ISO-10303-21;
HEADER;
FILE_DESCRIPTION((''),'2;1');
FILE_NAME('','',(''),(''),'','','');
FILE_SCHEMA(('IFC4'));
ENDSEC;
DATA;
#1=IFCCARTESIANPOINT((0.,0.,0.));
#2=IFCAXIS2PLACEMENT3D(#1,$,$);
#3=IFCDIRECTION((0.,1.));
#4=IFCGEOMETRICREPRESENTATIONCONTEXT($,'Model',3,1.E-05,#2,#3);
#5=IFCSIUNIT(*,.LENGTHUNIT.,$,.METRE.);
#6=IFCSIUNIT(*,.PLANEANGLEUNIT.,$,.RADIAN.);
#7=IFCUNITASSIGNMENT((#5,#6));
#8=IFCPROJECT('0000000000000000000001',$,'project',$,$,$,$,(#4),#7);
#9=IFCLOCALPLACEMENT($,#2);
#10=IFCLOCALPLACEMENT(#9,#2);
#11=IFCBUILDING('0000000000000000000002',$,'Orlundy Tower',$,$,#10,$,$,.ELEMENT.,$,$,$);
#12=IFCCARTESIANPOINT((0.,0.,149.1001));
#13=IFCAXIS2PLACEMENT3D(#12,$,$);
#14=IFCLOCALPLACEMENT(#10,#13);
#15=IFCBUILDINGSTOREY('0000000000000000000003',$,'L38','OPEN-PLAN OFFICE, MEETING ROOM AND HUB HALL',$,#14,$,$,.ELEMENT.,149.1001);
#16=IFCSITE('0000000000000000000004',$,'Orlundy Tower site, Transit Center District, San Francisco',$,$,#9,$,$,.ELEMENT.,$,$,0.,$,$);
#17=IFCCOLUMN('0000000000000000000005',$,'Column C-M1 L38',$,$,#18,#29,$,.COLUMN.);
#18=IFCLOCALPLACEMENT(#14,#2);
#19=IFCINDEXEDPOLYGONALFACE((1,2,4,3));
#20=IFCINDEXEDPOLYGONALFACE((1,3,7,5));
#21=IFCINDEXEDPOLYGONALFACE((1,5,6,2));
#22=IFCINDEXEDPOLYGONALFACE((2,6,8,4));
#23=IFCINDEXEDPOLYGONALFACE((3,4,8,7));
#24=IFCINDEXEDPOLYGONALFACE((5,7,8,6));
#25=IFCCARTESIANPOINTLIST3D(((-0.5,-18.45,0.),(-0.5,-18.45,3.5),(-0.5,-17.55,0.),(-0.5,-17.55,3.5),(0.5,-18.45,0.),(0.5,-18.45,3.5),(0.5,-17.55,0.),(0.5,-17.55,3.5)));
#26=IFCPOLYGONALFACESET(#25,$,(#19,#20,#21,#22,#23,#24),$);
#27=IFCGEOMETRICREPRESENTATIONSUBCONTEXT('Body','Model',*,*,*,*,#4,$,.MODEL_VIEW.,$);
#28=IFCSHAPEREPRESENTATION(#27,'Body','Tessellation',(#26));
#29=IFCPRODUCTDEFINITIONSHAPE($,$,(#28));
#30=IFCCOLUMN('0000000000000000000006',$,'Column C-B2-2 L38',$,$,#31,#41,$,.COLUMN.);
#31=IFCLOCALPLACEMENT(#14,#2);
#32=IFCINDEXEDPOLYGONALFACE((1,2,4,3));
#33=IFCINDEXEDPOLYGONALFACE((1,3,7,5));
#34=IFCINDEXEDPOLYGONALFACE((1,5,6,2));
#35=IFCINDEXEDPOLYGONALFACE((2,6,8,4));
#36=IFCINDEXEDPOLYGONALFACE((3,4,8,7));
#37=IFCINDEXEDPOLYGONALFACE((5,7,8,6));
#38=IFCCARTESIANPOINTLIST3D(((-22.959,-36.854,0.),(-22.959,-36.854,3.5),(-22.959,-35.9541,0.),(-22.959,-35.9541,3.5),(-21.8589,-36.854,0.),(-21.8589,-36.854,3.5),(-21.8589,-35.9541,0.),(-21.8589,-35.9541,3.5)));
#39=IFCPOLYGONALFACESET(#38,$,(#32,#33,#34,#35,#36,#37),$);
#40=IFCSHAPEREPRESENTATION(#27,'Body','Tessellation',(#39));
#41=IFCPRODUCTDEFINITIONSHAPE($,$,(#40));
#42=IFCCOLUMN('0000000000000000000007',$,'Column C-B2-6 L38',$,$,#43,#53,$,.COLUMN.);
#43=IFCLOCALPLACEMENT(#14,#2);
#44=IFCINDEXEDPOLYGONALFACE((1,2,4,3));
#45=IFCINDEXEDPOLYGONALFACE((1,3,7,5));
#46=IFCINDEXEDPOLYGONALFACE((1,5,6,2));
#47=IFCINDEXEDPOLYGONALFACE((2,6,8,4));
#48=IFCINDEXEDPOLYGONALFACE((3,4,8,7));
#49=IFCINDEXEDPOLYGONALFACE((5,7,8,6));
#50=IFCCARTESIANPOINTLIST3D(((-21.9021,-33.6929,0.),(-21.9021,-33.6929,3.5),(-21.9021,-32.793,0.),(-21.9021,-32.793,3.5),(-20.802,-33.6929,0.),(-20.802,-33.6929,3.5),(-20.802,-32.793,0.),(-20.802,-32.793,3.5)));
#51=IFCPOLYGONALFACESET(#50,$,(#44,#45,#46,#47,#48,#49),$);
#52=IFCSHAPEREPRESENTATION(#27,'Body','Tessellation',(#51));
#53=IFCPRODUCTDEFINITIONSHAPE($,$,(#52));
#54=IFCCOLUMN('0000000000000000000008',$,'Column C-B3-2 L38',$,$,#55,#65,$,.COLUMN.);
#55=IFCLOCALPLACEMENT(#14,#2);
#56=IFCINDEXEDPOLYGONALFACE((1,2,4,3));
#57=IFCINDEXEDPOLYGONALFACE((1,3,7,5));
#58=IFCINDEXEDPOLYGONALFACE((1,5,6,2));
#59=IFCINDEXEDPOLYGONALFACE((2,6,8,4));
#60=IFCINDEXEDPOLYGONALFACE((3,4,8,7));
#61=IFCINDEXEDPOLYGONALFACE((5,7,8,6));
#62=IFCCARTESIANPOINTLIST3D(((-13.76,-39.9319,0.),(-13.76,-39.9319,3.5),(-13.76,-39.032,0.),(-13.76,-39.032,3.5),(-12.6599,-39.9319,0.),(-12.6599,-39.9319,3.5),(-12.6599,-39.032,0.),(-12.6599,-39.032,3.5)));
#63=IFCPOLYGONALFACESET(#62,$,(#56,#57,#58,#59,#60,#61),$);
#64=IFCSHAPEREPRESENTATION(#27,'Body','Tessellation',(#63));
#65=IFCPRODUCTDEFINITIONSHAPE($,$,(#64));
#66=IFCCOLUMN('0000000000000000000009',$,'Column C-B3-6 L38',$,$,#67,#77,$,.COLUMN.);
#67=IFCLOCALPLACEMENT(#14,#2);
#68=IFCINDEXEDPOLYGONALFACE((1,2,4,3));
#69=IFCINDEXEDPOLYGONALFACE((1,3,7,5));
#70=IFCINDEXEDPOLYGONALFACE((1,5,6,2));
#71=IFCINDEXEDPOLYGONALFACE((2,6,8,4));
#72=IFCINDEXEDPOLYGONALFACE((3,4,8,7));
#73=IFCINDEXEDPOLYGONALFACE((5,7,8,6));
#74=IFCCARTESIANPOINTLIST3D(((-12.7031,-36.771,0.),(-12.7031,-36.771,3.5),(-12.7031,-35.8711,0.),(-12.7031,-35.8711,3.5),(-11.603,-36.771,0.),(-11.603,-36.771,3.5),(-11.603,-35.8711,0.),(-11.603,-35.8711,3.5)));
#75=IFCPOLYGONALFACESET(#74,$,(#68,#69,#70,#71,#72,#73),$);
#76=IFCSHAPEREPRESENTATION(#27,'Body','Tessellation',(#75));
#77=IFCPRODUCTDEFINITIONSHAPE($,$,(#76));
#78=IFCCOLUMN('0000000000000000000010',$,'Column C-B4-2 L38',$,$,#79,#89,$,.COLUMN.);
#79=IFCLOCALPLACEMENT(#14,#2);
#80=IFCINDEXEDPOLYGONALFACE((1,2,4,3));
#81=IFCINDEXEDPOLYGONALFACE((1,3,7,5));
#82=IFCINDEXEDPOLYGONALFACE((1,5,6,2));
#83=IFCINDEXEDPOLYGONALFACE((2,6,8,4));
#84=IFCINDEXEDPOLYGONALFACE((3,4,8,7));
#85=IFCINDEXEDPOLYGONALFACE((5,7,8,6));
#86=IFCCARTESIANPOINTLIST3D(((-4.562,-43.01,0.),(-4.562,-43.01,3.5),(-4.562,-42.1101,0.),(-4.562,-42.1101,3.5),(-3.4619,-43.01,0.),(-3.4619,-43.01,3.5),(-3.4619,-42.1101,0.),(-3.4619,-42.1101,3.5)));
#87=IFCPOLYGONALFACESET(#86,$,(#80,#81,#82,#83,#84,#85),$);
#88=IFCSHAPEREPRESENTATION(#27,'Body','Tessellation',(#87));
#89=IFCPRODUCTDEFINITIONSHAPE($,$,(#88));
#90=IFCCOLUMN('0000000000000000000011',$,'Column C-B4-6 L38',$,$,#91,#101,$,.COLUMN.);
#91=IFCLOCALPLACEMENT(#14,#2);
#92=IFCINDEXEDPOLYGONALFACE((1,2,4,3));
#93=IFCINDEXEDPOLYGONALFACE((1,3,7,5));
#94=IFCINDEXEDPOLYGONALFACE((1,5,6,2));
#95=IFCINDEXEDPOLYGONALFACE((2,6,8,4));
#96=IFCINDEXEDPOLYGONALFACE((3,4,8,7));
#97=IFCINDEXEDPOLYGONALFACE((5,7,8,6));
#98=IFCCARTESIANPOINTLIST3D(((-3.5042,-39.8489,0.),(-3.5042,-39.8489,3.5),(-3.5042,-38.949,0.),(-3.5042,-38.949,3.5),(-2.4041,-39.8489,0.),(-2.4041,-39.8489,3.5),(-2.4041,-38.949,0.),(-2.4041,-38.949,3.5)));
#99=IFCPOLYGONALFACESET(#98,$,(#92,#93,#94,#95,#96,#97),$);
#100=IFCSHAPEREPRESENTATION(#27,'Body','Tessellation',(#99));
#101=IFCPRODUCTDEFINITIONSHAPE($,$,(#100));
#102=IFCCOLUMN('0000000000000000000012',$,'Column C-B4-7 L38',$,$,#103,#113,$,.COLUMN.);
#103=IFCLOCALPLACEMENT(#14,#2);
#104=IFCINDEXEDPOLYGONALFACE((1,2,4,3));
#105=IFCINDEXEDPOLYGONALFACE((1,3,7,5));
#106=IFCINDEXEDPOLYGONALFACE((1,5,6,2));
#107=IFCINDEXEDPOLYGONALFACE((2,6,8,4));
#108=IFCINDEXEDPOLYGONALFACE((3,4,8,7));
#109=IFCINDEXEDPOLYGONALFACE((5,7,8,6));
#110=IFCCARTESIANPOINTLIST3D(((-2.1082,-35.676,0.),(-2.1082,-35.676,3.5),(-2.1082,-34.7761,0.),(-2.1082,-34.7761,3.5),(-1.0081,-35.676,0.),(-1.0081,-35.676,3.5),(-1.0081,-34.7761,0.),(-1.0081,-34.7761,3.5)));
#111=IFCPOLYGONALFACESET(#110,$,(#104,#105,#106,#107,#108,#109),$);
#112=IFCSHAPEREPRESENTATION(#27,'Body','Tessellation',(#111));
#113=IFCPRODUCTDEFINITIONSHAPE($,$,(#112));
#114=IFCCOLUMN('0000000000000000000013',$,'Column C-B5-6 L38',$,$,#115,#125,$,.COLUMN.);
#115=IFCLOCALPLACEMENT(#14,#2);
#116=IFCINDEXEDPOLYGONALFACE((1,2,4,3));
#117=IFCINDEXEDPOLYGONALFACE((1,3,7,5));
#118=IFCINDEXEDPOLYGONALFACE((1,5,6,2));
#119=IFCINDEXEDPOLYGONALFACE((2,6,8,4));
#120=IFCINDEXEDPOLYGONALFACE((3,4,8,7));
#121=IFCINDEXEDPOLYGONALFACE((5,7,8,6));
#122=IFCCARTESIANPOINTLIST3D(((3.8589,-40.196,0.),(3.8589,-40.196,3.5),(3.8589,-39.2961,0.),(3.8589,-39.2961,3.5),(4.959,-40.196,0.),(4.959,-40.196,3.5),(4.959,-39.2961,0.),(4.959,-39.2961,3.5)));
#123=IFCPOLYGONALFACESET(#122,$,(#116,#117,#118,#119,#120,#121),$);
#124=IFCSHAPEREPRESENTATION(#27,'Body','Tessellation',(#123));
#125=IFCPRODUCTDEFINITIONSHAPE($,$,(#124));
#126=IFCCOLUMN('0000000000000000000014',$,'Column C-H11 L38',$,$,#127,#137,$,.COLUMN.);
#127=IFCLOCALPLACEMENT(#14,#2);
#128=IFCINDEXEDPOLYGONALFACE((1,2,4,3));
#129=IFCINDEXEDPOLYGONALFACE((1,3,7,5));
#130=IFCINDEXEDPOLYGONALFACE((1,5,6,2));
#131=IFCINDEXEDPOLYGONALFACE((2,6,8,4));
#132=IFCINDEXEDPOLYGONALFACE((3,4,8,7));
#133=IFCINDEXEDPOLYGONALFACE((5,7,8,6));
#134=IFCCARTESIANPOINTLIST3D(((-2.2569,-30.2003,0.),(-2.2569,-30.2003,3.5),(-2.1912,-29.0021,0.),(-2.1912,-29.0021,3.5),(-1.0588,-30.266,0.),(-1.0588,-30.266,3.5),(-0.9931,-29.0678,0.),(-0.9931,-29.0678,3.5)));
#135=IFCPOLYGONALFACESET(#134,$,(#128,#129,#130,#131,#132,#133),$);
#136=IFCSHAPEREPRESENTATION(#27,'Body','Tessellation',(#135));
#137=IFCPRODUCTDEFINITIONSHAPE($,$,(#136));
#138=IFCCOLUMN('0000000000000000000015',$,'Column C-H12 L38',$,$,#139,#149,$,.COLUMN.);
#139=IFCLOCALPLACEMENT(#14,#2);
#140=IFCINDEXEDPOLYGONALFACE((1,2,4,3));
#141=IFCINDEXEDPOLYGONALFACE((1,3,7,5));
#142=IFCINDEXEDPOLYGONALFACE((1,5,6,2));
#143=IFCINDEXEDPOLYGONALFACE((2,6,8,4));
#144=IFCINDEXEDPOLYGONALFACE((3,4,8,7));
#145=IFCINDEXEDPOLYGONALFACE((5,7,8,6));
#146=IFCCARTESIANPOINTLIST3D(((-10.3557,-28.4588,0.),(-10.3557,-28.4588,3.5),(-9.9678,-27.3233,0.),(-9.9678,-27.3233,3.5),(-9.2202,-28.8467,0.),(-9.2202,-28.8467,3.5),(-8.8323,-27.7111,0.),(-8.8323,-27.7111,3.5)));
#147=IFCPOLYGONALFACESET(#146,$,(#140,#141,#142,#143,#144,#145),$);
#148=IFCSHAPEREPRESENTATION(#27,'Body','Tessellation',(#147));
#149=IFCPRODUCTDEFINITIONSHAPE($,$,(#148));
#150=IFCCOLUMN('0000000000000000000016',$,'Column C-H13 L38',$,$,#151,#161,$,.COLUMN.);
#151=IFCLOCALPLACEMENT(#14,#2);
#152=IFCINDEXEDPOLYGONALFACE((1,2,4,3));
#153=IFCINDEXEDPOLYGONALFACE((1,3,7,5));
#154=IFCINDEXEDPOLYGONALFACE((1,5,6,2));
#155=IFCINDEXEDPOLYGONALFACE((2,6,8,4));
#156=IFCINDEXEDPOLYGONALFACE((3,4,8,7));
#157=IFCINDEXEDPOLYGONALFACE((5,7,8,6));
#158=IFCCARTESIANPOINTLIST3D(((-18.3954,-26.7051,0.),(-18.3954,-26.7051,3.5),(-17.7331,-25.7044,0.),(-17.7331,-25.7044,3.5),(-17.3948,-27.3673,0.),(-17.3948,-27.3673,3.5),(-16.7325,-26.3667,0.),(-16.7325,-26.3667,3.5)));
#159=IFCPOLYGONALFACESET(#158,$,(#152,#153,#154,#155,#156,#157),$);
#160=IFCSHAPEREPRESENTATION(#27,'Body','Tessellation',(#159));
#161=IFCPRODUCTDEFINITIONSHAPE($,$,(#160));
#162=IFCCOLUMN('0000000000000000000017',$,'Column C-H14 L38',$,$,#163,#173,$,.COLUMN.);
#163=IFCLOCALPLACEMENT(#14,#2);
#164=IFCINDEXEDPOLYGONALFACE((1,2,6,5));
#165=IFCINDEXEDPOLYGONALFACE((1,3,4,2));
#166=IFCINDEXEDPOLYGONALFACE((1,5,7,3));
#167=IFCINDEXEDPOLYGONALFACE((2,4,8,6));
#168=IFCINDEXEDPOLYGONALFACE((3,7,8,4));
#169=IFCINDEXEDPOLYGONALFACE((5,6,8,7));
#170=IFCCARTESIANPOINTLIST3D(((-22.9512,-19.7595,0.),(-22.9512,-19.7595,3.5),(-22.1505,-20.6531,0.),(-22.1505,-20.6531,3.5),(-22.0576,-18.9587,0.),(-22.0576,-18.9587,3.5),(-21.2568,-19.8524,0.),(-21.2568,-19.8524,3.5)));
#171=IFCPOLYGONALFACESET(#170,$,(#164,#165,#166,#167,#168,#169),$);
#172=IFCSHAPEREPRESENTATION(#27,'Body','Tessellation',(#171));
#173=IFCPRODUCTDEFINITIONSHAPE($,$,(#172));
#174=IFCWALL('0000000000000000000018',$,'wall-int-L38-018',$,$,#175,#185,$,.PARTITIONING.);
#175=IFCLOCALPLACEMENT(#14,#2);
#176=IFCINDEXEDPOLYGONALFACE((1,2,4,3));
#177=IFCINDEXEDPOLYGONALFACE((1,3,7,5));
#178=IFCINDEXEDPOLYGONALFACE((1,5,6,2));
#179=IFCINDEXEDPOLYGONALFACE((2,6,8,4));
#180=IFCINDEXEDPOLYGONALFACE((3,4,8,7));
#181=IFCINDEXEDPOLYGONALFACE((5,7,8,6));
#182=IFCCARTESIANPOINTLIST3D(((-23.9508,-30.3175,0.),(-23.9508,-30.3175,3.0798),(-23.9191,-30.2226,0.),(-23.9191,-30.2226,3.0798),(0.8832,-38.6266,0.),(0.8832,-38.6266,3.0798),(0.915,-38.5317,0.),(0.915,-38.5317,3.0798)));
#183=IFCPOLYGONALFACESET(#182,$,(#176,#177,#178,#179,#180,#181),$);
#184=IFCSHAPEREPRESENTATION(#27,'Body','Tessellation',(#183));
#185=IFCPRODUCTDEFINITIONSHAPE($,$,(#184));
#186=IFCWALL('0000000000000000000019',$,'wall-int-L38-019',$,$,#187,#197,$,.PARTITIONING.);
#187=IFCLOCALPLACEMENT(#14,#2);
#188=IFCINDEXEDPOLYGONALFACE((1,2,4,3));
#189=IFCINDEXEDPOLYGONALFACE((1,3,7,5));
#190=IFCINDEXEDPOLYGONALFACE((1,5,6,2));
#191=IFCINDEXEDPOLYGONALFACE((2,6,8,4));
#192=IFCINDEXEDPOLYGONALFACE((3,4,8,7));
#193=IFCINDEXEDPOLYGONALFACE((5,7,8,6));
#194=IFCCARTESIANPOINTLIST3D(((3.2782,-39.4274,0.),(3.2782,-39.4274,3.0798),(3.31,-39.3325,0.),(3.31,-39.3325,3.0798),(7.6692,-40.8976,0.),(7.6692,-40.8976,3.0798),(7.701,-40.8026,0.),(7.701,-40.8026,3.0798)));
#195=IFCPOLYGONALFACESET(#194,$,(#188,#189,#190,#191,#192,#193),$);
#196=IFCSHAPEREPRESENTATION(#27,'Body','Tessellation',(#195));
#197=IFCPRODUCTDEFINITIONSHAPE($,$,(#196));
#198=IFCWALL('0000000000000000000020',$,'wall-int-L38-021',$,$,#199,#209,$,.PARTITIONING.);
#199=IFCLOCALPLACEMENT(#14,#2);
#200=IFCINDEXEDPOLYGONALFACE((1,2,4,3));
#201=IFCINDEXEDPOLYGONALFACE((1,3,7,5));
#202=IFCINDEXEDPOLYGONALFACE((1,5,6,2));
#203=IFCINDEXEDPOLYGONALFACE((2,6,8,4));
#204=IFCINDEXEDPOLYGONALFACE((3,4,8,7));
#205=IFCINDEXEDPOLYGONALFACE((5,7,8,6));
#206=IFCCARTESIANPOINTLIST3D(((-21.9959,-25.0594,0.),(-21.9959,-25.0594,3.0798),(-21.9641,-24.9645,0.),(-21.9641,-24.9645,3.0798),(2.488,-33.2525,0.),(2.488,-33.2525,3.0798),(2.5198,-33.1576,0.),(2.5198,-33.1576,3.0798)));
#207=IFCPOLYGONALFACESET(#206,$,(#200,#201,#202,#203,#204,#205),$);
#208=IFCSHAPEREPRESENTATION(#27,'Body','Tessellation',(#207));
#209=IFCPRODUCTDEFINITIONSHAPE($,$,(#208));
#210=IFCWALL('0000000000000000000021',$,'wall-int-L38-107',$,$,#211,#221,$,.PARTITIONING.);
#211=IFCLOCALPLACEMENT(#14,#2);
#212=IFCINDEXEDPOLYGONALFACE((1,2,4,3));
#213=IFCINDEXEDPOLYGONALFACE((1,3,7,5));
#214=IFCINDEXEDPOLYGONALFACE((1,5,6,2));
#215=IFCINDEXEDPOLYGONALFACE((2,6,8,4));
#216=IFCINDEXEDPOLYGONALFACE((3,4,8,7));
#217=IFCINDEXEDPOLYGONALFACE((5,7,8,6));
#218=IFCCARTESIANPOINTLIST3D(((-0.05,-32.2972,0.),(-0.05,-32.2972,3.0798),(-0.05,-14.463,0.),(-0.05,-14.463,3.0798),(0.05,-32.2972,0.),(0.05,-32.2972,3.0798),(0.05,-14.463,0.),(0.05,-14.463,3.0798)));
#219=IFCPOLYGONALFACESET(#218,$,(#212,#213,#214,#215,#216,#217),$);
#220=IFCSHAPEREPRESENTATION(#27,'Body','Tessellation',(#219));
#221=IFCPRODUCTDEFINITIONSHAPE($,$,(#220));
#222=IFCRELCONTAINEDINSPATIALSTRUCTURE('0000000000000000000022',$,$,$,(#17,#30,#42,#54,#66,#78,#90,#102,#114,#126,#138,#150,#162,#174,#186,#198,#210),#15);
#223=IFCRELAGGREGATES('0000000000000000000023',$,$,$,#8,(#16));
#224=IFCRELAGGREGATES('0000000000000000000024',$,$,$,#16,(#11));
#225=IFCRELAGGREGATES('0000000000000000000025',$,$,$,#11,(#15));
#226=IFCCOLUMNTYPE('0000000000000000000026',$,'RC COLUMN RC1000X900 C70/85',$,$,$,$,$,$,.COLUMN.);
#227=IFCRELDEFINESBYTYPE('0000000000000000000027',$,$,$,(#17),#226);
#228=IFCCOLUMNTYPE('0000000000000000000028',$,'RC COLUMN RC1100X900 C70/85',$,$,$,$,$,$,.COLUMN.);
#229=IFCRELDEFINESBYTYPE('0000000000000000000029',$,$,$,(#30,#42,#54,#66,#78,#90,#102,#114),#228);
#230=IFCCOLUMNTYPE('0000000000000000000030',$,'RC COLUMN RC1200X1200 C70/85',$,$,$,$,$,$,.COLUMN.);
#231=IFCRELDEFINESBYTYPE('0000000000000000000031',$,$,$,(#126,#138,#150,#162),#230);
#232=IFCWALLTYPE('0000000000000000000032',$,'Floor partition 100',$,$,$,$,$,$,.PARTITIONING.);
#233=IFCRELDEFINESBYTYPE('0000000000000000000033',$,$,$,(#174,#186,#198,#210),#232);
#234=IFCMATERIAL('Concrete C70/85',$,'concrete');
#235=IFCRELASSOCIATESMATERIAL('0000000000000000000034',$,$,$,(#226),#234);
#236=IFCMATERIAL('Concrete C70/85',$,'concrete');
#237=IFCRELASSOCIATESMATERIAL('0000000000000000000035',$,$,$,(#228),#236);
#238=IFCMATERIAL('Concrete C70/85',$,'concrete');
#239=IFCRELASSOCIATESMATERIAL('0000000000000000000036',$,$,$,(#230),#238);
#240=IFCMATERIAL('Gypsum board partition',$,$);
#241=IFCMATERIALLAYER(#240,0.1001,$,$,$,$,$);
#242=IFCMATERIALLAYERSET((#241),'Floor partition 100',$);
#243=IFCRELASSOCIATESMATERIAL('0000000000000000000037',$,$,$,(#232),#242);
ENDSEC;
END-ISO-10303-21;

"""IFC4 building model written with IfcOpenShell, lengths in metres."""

from ifc_helpers import new_model, si_unit, direction, frame, frame_2d, origin, origin_2d, place, context, subcontext, project, spatial, rectangle, extrude, material, layer, layer_set, material_profile, profile_set, type_object, element, save


model = new_model("IFC4")

# Units and contexts
model_context = context("Model", 3, precision=1e-05, world=origin(), true_north=direction((0.0, 1.0)))
body_context = subcontext(model_context, "Body", "Model", "MODEL_VIEW")
ifc_project = project(units=[si_unit("LENGTHUNIT", "METRE"), si_unit("PLANEANGLEUNIT", "RADIAN")], contexts=[model_context])

# Site, building, storey
site_placement = place(None, origin())
site = spatial("IfcSite", under=ifc_project, at=site_placement, Name="Orlundy Tower site, Transit Center District, San Francisco", CompositionType="ELEMENT", RefElevation=0.0)
building_placement = place(site_placement, origin())
building = spatial("IfcBuilding", under=site, at=building_placement, Name="Orlundy Tower", CompositionType="ELEMENT")
storey_placement = place(building_placement, frame((0.0, 0.0, 149.1001)))
storey = spatial("IfcBuildingStorey", under=building, at=storey_placement, Name="L38", Description="OPEN-PLAN OFFICE, MEETING ROOM AND HUB HALL", CompositionType="ELEMENT", Elevation=149.1001)

# Columns
ifc_material_1 = material(Name="Concrete C70/85", Category="concrete")
ifc_material_profile_1 = material_profile(ifc_material_1, rectangle(XDim=1.0, YDim=0.8999, at=origin_2d()), Name="RC1000X900")
ifc_profile_set_1 = profile_set([ifc_material_profile_1], Name="Concrete C70/85")
column_type_1 = type_object("IfcColumnType", Name="RC COLUMN RC1000X900 C70/85", PredefinedType="COLUMN", material=ifc_profile_set_1)
column_placement = place(storey_placement, frame((0.0, -18.0, 0.0), z_axis=(0.0, 0.0, 1.0), x_axis=(1.0, 0.0, 0.0)))
element("IfcColumn", 1, at=column_placement, inside=storey, type_object=column_type_1, Name="Column C-M1 L38", PredefinedType="COLUMN", context=body_context, shape_type="SweptSolid", body=[
    extrude(rectangle(XDim=1.0, YDim=0.8999, at=origin_2d()), origin(), (0.0, 0.0, 1.0), 3.5),
])
ifc_material_2 = material(Name="Concrete C70/85", Category="concrete")
ifc_material_profile_2 = material_profile(ifc_material_2, rectangle(XDim=1.1001, YDim=0.8999, at=origin_2d()), Name="RC1100X900")
ifc_profile_set_2 = profile_set([ifc_material_profile_2], Name="Concrete C70/85")
column_type_2 = type_object("IfcColumnType", Name="RC COLUMN RC1100X900 C70/85", PredefinedType="COLUMN", material=ifc_profile_set_2)
for number, where, z_axis, x_axis, name in (
    (2, (-22.4089, -36.4041, 0.0), (0.0, 0.0, 1.0), (1.0, 0.0, 0.0), "Column C-B2-2 L38"),
    (3, (-21.3521, -33.2429, 0.0), (0.0, 0.0, 1.0), (1.0, 0.0, 0.0), "Column C-B2-6 L38"),
    (4, (-13.21, -39.4819, 0.0), (0.0, 0.0, 1.0), (1.0, 0.0, 0.0), "Column C-B3-2 L38"),
    (5, (-12.1531, -36.321, 0.0), (0.0, 0.0, 1.0), (1.0, 0.0, 0.0), "Column C-B3-6 L38"),
    (6, (-4.012, -42.5601, 0.0), (0.0, 0.0, 1.0), (1.0, 0.0, 0.0), "Column C-B4-2 L38"),
    (7, (-2.9541, -39.3989, 0.0), (0.0, 0.0, 1.0), (1.0, 0.0, 0.0), "Column C-B4-6 L38"),
    (8, (-1.5581, -35.2261, 0.0), (0.0, 0.0, 1.0), (1.0, 0.0, 0.0), "Column C-B4-7 L38"),
    (9, (4.4089, -39.7461, 0.0), (0.0, 0.0, 1.0), (1.0, 0.0, 0.0), "Column C-B5-6 L38"),
):
    element("IfcColumn", number, at=place(storey_placement, frame(where, z_axis=z_axis, x_axis=x_axis)), inside=storey, type_object=column_type_2, Name=name, PredefinedType="COLUMN", context=body_context, shape_type="SweptSolid", body=[
        extrude(rectangle(XDim=1.1001, YDim=0.8999, at=origin_2d()), origin(), (0.0, 0.0, 1.0), 3.5),
    ])
ifc_material_3 = material(Name="Concrete C70/85", Category="concrete")
ifc_material_profile_3 = material_profile(ifc_material_3, rectangle(XDim=1.2, YDim=1.2, at=origin_2d()), Name="RC1200X1200")
ifc_profile_set_3 = profile_set([ifc_material_profile_3], Name="Concrete C70/85")
column_type_3 = type_object("IfcColumnType", Name="RC COLUMN RC1200X1200 C70/85", PredefinedType="COLUMN", material=ifc_profile_set_3)
for number, where, z_axis, x_axis, name in (
    (10, (-1.625, -29.634, 0.0), (0.0, 0.0, 1.0), (-0.054758, -0.9985, 0.0), "Column C-H11 L38"),
    (11, (-9.594, -28.085, 0.0), (0.0, 0.0, 1.0), (-0.323257, -0.946311, 0.0), "Column C-H12 L38"),
    (12, (-17.564, -26.5359, 0.0), (0.0, 0.0, 1.0), (-0.551937, -0.833886, 0.0), "Column C-H13 L38"),
    (13, (-22.104, -19.8059, 0.0), (0.0, 0.0, 1.0), (-0.744754, -0.667339, 0.0), "Column C-H14 L38"),
):
    element("IfcColumn", number, at=place(storey_placement, frame(where, z_axis=z_axis, x_axis=x_axis)), inside=storey, type_object=column_type_3, Name=name, PredefinedType="COLUMN", context=body_context, shape_type="SweptSolid", body=[
        extrude(rectangle(XDim=1.2, YDim=1.2, at=origin_2d()), origin(), (0.0, 0.0, 1.0), 3.5),
    ])

# Walls
ifc_material_4 = material(Name="Gypsum board partition")
ifc_layer_1 = layer(ifc_material_4, 0.1001)
ifc_layer_set_1 = layer_set([ifc_layer_1], Name="Floor partition 100")
wall_type_1 = type_object("IfcWallType", Name="Floor partition 100", PredefinedType="PARTITIONING", material=ifc_layer_set_1)
wall_1_placement = place(storey_placement, frame((-23.9351, -30.27, 0.0), z_axis=(0.0, 0.0, 1.0), x_axis=(0.948327, -0.317296, 0.0)))
element("IfcWall", 14, at=wall_1_placement, inside=storey, type_object=wall_type_1, Name="wall-int-L38-018", PredefinedType="PARTITIONING", context=body_context, shape_type="SweptSolid", body=[
    extrude(rectangle(XDim=26.1873, YDim=0.1001, at=frame_2d((13.0938, 0.0))), origin(), (0.0, 0.0, 1.0), 3.0798),
])
wall_2_placement = place(storey_placement, frame((3.2939, -39.3799, 0.0), z_axis=(0.0, 0.0, 1.0), x_axis=(0.948261, -0.317493, 0.0)))
element("IfcWall", 15, at=wall_2_placement, inside=storey, type_object=wall_type_1, Name="wall-int-L38-019", PredefinedType="PARTITIONING", context=body_context, shape_type="SweptSolid", body=[
    extrude(rectangle(XDim=4.6306, YDim=0.1001, at=frame_2d((2.3154, 0.0))), origin(), (0.0, 0.0, 1.0), 3.0798),
])
wall_3_placement = place(storey_placement, frame((-21.98, -25.012, 0.0), z_axis=(0.0, 0.0, 1.0), x_axis=(0.948313, -0.317337, 0.0)))
element("IfcWall", 16, at=wall_3_placement, inside=storey, type_object=wall_type_1, Name="wall-int-L38-021", PredefinedType="PARTITIONING", context=body_context, shape_type="SweptSolid", body=[
    extrude(rectangle(XDim=25.8184, YDim=0.1001, at=frame_2d((12.9092, 0.0))), origin(), (0.0, 0.0, 1.0), 3.0798),
])
wall_4_placement = place(storey_placement, frame((0.0, -32.2971, 0.0), z_axis=(0.0, 0.0, 1.0), x_axis=(0.0, 1.0, 0.0)))
element("IfcWall", 17, at=wall_4_placement, inside=storey, type_object=wall_type_1, Name="wall-int-L38-107", PredefinedType="PARTITIONING", context=body_context, shape_type="SweptSolid", body=[
    extrude(rectangle(XDim=17.8342, YDim=0.1001, at=frame_2d((8.917, 0.0))), origin(), (0.0, 0.0, 1.0), 3.0798),
])

save(model, "model.ifc")
